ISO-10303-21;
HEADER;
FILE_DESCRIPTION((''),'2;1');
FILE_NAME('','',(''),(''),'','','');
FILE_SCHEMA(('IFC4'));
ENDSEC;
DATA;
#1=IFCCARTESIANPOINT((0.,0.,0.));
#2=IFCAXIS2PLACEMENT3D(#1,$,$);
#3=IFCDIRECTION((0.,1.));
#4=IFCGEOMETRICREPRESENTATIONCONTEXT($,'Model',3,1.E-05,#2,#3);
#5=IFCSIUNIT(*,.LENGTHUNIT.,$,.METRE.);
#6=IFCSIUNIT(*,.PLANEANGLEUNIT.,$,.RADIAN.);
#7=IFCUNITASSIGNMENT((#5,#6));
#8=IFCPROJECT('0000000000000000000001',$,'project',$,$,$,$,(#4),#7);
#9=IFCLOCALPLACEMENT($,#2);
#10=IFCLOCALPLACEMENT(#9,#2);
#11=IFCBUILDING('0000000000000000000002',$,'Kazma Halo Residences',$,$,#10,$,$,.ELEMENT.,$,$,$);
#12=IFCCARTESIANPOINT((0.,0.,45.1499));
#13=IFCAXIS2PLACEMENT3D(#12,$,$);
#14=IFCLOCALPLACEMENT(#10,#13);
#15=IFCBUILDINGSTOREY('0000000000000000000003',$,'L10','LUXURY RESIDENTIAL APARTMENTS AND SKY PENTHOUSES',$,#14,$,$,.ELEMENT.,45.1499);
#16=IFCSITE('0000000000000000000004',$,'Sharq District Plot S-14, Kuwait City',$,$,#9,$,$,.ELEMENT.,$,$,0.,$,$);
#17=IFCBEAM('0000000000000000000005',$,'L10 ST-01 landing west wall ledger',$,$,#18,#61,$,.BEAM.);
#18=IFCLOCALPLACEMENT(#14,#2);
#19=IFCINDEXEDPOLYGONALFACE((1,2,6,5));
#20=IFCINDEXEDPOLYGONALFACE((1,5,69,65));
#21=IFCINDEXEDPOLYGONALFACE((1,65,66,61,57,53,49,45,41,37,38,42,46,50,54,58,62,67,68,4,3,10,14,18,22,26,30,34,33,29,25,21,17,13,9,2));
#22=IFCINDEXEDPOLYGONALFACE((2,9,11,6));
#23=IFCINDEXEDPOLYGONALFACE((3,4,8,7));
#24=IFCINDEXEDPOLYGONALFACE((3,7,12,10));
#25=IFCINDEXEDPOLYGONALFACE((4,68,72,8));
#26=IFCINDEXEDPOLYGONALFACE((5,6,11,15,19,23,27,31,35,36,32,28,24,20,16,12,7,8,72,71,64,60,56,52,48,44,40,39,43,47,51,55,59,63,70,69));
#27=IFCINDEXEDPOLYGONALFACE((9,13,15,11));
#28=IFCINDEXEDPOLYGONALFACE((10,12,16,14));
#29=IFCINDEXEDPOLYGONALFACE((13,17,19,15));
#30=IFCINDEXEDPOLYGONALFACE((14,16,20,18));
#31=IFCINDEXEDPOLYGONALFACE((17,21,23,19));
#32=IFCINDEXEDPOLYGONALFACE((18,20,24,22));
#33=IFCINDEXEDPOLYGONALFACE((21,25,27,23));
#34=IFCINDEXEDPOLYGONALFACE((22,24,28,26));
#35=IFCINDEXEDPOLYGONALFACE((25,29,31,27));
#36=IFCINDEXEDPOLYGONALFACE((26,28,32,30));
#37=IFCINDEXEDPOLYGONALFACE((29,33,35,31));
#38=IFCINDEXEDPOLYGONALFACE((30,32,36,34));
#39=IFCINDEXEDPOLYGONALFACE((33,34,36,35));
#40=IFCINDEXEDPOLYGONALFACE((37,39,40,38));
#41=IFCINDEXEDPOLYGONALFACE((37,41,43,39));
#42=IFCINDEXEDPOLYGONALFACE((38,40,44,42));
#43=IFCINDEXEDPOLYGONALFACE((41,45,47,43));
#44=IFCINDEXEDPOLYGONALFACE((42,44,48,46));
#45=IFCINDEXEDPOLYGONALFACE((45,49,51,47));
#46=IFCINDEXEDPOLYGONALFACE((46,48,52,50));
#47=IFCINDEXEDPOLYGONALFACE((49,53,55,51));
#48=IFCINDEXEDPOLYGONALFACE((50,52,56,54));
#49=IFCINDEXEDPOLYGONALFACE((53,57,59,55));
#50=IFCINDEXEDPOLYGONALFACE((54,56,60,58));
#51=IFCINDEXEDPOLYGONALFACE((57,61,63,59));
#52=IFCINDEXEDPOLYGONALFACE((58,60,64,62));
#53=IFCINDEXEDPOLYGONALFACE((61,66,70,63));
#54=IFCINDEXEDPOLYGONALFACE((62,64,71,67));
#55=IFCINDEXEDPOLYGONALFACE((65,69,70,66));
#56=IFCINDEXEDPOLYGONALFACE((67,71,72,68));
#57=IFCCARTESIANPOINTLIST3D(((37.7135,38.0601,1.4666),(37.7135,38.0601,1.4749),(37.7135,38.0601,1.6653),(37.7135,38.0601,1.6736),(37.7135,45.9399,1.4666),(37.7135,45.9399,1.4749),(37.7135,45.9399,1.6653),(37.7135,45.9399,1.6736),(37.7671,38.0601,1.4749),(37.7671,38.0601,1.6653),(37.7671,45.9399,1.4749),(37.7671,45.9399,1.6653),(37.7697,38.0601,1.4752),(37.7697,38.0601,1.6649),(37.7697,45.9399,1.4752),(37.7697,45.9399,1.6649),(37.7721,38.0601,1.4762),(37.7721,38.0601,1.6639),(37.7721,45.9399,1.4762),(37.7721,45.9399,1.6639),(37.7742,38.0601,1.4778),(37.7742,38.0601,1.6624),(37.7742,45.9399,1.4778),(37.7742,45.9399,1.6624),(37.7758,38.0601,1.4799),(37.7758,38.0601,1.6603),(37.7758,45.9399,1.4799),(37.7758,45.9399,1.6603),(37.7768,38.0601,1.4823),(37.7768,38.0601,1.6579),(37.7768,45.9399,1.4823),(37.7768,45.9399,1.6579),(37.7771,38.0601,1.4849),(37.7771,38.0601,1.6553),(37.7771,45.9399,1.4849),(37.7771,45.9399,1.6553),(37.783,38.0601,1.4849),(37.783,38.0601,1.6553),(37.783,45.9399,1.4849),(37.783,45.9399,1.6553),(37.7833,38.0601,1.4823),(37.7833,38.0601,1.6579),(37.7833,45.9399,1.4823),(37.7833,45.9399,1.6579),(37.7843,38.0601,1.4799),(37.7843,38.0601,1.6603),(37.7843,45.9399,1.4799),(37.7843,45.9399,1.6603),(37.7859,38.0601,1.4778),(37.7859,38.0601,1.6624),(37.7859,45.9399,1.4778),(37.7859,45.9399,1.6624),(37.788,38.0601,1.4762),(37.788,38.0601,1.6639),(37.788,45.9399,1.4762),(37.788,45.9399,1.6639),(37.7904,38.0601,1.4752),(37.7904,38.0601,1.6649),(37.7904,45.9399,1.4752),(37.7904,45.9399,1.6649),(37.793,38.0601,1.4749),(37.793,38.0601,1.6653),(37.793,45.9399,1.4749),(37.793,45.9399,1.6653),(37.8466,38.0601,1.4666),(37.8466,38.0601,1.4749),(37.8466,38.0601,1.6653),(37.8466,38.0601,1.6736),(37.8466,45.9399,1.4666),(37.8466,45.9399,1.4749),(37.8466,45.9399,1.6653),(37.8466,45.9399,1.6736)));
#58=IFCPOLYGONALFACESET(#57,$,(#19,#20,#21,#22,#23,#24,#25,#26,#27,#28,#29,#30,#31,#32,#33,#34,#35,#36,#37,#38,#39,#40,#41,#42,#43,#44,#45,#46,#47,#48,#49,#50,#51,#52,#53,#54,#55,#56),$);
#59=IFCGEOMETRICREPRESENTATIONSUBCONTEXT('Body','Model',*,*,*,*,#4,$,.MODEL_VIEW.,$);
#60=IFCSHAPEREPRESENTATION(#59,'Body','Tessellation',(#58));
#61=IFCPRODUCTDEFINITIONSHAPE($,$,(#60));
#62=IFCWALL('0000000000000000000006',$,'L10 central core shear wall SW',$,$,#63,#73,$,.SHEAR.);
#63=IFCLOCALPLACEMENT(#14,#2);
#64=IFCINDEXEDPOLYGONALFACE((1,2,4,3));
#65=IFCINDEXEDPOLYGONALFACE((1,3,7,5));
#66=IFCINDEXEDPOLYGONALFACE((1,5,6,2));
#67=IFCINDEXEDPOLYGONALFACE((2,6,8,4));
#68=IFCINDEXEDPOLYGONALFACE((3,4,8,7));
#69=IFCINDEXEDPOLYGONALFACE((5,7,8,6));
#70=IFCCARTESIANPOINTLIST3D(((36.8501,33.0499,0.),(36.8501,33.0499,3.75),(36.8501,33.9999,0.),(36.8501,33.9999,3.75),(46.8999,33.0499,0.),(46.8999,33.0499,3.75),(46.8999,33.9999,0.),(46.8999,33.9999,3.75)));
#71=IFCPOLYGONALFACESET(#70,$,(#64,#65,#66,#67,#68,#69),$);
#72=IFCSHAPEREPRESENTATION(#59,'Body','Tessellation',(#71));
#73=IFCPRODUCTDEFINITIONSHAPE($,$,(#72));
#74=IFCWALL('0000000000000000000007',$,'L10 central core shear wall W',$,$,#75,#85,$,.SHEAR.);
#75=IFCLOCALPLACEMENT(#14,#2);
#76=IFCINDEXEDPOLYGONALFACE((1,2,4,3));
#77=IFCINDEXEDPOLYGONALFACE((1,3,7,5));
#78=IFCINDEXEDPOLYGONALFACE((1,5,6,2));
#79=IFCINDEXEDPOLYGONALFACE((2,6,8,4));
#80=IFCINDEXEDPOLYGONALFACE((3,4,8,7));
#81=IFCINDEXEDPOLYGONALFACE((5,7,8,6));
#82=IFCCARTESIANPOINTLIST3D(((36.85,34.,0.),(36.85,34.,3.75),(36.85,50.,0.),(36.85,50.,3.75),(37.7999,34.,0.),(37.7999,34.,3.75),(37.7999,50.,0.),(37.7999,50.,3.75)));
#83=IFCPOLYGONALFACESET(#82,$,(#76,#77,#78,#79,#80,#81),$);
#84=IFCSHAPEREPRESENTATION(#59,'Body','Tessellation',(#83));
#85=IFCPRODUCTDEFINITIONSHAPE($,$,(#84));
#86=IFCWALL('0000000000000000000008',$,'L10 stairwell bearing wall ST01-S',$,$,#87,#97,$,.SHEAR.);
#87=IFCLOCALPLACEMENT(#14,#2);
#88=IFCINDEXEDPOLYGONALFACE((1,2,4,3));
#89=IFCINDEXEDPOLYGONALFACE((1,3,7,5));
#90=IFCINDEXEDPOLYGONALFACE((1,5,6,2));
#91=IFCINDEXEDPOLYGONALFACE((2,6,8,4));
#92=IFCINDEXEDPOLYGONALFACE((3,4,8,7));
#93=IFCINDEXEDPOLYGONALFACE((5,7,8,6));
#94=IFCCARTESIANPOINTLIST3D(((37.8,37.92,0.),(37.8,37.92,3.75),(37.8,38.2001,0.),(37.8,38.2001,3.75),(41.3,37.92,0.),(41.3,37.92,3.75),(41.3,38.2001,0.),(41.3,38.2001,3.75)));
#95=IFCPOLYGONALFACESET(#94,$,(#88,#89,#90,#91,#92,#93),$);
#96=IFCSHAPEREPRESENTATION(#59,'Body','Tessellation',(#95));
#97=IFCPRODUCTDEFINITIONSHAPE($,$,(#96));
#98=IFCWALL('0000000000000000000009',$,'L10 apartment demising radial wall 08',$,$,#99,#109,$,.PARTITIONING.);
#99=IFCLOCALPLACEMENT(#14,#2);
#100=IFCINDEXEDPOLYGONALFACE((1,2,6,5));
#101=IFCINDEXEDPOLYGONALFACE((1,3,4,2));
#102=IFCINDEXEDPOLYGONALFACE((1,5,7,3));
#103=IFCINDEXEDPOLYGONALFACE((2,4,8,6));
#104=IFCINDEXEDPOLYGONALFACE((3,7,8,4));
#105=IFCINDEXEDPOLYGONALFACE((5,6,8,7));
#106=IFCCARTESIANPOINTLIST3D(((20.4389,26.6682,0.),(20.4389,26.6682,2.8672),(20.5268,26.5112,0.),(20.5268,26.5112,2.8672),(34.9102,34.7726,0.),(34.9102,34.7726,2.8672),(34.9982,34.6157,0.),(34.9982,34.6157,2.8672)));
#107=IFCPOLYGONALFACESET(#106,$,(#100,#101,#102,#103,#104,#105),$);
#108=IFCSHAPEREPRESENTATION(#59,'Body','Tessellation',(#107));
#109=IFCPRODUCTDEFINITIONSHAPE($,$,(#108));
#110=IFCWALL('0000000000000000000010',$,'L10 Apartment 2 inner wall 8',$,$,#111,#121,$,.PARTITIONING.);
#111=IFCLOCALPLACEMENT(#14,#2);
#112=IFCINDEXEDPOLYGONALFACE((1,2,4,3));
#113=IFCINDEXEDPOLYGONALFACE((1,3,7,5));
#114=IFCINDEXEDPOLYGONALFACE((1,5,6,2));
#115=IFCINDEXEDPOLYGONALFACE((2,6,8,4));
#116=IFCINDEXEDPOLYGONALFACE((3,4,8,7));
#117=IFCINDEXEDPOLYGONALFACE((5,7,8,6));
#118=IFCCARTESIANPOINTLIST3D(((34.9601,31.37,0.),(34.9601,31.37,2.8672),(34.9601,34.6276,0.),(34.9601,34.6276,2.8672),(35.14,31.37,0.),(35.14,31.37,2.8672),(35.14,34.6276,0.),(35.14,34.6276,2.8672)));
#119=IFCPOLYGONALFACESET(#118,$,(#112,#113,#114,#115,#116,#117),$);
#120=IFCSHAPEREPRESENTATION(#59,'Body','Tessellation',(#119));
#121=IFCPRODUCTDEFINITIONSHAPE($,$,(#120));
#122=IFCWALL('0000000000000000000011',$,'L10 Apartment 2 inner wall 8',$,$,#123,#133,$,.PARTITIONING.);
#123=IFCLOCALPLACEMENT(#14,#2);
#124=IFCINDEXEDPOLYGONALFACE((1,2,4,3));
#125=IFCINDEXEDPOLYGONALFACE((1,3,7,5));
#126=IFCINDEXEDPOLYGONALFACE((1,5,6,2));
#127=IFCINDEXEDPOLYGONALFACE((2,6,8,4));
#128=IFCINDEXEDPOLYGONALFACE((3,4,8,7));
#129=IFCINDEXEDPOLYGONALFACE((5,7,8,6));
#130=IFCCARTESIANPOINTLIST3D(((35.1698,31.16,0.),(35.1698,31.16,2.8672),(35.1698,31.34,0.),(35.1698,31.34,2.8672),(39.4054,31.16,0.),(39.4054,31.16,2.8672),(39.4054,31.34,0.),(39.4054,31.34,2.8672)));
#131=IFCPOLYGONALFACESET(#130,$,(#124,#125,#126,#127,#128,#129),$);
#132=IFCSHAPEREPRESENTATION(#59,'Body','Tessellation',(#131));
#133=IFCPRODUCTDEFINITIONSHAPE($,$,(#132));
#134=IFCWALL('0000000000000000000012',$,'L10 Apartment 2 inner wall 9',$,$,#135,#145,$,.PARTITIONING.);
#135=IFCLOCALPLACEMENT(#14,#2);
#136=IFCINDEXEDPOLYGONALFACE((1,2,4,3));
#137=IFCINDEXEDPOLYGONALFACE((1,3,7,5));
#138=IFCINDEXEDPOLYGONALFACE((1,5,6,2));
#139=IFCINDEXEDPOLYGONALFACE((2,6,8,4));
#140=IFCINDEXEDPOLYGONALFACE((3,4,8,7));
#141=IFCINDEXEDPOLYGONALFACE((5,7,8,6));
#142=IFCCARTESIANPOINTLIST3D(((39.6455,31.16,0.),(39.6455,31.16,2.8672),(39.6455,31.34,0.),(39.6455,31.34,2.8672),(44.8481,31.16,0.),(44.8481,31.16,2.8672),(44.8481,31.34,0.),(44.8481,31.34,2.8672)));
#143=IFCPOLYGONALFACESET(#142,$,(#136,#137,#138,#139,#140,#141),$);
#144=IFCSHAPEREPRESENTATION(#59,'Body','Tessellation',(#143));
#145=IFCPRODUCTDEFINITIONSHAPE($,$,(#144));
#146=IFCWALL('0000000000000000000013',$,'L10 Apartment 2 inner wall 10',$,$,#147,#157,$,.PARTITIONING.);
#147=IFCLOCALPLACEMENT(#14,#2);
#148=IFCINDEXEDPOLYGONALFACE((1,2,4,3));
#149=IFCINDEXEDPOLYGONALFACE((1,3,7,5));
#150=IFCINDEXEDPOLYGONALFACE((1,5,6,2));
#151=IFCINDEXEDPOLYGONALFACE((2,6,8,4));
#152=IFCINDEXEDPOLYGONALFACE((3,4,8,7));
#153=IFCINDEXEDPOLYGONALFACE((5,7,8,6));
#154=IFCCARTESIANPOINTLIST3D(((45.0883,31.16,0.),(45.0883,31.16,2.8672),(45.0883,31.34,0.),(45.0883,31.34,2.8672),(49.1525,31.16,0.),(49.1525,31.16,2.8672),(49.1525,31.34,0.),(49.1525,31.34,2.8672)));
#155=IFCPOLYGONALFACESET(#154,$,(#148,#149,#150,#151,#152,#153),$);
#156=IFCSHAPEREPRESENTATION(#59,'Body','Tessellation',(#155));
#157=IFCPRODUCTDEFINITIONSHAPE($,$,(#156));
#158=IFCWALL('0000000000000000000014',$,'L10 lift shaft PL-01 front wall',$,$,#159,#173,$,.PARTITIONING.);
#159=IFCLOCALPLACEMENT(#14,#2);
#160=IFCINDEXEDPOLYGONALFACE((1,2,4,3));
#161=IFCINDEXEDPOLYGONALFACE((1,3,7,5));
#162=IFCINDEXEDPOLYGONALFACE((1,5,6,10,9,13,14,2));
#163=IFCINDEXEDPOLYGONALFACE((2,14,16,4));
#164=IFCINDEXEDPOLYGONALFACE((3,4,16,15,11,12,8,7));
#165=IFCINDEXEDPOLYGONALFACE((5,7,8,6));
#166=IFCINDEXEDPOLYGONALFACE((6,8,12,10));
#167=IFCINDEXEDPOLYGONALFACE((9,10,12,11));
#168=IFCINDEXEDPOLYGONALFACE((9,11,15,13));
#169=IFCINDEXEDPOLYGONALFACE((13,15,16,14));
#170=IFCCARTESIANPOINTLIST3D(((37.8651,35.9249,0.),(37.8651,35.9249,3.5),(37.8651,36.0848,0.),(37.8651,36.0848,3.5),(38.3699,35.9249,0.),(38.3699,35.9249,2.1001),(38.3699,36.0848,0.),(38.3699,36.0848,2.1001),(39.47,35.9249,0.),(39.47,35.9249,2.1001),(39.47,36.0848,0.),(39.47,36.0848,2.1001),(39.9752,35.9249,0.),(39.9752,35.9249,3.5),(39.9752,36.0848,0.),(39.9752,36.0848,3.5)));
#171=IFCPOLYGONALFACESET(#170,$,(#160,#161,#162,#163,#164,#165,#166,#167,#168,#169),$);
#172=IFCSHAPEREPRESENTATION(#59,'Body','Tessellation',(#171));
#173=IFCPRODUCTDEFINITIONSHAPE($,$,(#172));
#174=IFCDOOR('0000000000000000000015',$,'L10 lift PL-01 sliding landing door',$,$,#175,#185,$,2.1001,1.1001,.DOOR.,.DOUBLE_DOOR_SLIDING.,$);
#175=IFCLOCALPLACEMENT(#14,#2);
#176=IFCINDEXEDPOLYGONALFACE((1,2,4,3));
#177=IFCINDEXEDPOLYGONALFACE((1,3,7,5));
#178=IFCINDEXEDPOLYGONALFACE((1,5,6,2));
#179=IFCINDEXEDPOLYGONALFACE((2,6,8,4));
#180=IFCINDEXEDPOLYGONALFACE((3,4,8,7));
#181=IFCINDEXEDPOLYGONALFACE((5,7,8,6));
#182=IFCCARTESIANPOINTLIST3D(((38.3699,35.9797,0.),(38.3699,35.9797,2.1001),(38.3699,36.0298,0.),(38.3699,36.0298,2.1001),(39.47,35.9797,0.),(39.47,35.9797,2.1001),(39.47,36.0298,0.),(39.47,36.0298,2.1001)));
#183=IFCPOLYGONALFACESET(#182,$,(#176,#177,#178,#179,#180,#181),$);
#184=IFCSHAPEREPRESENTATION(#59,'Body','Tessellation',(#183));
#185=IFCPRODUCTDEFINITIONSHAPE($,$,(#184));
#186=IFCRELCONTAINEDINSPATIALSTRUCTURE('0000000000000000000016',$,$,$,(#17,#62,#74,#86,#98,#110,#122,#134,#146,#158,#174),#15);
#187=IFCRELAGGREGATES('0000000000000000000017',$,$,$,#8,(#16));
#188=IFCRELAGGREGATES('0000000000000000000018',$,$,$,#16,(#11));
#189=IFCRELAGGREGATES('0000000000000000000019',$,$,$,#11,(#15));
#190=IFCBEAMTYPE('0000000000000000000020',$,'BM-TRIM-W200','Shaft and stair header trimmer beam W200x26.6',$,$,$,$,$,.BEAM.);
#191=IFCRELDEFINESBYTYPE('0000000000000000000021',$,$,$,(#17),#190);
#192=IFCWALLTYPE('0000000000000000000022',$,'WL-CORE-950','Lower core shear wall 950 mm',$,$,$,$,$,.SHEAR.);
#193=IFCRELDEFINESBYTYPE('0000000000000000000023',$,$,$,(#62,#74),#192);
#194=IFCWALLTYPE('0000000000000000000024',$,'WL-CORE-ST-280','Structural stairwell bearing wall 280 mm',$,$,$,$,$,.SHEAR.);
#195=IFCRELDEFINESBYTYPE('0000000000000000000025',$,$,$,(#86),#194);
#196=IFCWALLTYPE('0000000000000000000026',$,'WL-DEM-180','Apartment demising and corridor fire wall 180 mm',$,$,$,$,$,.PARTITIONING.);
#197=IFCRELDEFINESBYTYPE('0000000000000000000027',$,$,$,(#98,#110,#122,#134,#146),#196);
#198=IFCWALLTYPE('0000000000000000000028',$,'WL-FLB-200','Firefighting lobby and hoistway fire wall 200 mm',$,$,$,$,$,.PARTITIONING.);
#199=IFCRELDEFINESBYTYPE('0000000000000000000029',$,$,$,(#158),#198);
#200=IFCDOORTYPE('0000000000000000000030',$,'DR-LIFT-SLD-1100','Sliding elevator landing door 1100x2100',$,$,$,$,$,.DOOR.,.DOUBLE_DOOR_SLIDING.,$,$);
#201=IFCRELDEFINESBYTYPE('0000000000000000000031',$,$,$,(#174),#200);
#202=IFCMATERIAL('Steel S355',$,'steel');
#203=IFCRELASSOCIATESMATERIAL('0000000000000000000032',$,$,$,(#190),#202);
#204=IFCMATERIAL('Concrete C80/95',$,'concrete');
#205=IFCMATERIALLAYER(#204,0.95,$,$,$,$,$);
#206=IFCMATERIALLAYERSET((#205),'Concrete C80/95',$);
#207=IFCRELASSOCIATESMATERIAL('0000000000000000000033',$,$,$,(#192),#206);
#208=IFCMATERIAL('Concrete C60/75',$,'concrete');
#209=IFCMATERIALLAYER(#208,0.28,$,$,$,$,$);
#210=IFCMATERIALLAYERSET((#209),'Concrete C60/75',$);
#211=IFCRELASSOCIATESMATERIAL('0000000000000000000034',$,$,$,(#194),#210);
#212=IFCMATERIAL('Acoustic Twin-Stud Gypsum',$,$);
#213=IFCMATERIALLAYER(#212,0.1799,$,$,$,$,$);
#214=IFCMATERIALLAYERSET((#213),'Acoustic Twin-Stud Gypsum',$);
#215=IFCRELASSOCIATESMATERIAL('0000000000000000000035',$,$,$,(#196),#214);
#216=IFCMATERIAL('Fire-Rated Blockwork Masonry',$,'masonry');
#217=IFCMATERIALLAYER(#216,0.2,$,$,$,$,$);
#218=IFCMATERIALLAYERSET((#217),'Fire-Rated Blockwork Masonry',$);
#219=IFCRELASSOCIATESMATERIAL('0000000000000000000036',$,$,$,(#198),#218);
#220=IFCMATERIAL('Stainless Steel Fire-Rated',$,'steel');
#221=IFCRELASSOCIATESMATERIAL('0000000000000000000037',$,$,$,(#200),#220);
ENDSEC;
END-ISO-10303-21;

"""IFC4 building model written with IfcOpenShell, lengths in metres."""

from ifc_helpers import new_model, si_unit, direction, frame, frame_2d, origin, origin_2d, place, context, subcontext, project, spatial, rectangle, i_section, extrude, material, layer, layer_set, material_profile, profile_set, type_object, element, fill, save


model = new_model("IFC4")

# Units and contexts
model_context = context("Model", 3, precision=1e-05, world=origin(), true_north=direction((0.0, 1.0)))
body_context = subcontext(model_context, "Body", "Model", "MODEL_VIEW")
ifc_project = project(units=[si_unit("LENGTHUNIT", "METRE"), si_unit("PLANEANGLEUNIT", "RADIAN")], contexts=[model_context])

# Site, building, storey
site_placement = place(None, origin())
site = spatial("IfcSite", under=ifc_project, at=site_placement, Name="Sharq District Plot S-14, Kuwait City", CompositionType="ELEMENT", RefElevation=0.0)
building_placement = place(site_placement, origin())
building = spatial("IfcBuilding", under=site, at=building_placement, Name="Kazma Halo Residences", CompositionType="ELEMENT")
storey_placement = place(building_placement, frame((0.0, 0.0, 45.1499)))
storey = spatial("IfcBuildingStorey", under=building, at=storey_placement, Name="L10", Description="LUXURY RESIDENTIAL APARTMENTS AND SKY PENTHOUSES", CompositionType="ELEMENT", Elevation=45.1499)

# Beam
ifc_material_1 = material(Name="Steel S355", Category="steel")
ifc_material_profile_1 = material_profile(ifc_material_1, i_section(OverallWidth=0.1331, OverallDepth=0.207, WebThickness=0.0059, FlangeThickness=0.0083, FilletRadius=0.01, at=origin_2d()), Name="W200x26.6")
ifc_profile_set_1 = profile_set([ifc_material_profile_1], Name="Steel S355")
beam_type_1 = type_object("IfcBeamType", Name="BM-TRIM-W200", Description="Shaft and stair header trimmer beam W200x26.6", PredefinedType="BEAM", material=ifc_profile_set_1)
beam_1_placement = place(storey_placement, frame((37.78, 38.0601, 1.5701), z_axis=(0.0, 1.0, 0.0), x_axis=(-1.0, 0.0, 0.0)))
element("IfcBeam", 1, at=beam_1_placement, inside=storey, type_object=beam_type_1, Name="L10 ST-01 landing west wall ledger", PredefinedType="BEAM", context=body_context, shape_type="SweptSolid", body=[
    extrude(i_section(OverallWidth=0.1331, OverallDepth=0.207, WebThickness=0.0059, FlangeThickness=0.0083, FilletRadius=0.01, at=origin_2d()), origin(), (0.0, 0.0, 1.0), 7.8799),
])

# Walls
ifc_material_2 = material(Name="Concrete C80/95", Category="concrete")
ifc_layer_1 = layer(ifc_material_2, 0.95)
ifc_layer_set_1 = layer_set([ifc_layer_1], Name="Concrete C80/95")
wall_type_1 = type_object("IfcWallType", Name="WL-CORE-950", Description="Lower core shear wall 950 mm", PredefinedType="SHEAR", material=ifc_layer_set_1)
wall_1_placement = place(storey_placement, frame((36.8501, 33.5249, 0.0), z_axis=(0.0, 0.0, 1.0), x_axis=(1.0, 0.0, 0.0)))
element("IfcWall", 2, at=wall_1_placement, inside=storey, type_object=wall_type_1, Name="L10 central core shear wall SW", PredefinedType="SHEAR", context=body_context, shape_type="SweptSolid", body=[
    extrude(rectangle(XDim=10.0498, YDim=0.95, at=frame_2d((5.0249, 0.0))), origin(), (0.0, 0.0, 1.0), 3.75),
])
wall_2_placement = place(storey_placement, frame((37.325, 34.0, 0.0), z_axis=(0.0, 0.0, 1.0), x_axis=(0.0, 1.0, 0.0)))
element("IfcWall", 3, at=wall_2_placement, inside=storey, type_object=wall_type_1, Name="L10 central core shear wall W", PredefinedType="SHEAR", context=body_context, shape_type="SweptSolid", body=[
    extrude(rectangle(XDim=16.0, YDim=0.95, at=frame_2d((8.0, 0.0))), origin(), (0.0, 0.0, 1.0), 3.75),
])
ifc_material_3 = material(Name="Concrete C60/75", Category="concrete")
ifc_layer_2 = layer(ifc_material_3, 0.28)
ifc_layer_set_2 = layer_set([ifc_layer_2], Name="Concrete C60/75")
wall_type_2 = type_object("IfcWallType", Name="WL-CORE-ST-280", Description="Structural stairwell bearing wall 280 mm", PredefinedType="SHEAR", material=ifc_layer_set_2)
wall_3_placement = place(storey_placement, frame((37.8, 38.0601, 0.0), z_axis=(0.0, 0.0, 1.0), x_axis=(1.0, 0.0, 0.0)))
element("IfcWall", 4, at=wall_3_placement, inside=storey, type_object=wall_type_2, Name="L10 stairwell bearing wall ST01-S", PredefinedType="SHEAR", context=body_context, shape_type="SweptSolid", body=[
    extrude(rectangle(XDim=3.5, YDim=0.28, at=frame_2d((1.75, 0.0))), origin(), (0.0, 0.0, 1.0), 3.75),
])
ifc_material_4 = material(Name="Acoustic Twin-Stud Gypsum")
ifc_layer_3 = layer(ifc_material_4, 0.1799)
ifc_layer_set_3 = layer_set([ifc_layer_3], Name="Acoustic Twin-Stud Gypsum")
wall_type_3 = type_object("IfcWallType", Name="WL-DEM-180", Description="Apartment demising and corridor fire wall 180 mm", PredefinedType="PARTITIONING", material=ifc_layer_set_3)
wall_4_placement = place(storey_placement, frame((34.9541, 34.6941, 0.0), z_axis=(0.0, 0.0, 1.0), x_axis=(-0.872493, -0.488626, 0.0)))
element("IfcWall", 5, at=wall_4_placement, inside=storey, type_object=wall_type_3, Name="L10 apartment demising radial wall 08", PredefinedType="PARTITIONING", context=body_context, shape_type="SweptSolid", body=[
    extrude(rectangle(XDim=16.5862, YDim=0.1799, at=frame_2d((8.293, 0.0))), origin(), (0.0, 0.0, 1.0), 2.8672),
])
wall_5_placement = place(storey_placement, frame((35.05, 34.6277, 0.0), z_axis=(0.0, 0.0, 1.0), x_axis=(0.0, -1.0, 0.0)))
element("IfcWall", 6, at=wall_5_placement, inside=storey, type_object=wall_type_3, Name="L10 Apartment 2 inner wall 8", PredefinedType="PARTITIONING", context=body_context, shape_type="SweptSolid", body=[
    extrude(rectangle(XDim=3.2576, YDim=0.1799, at=frame_2d((1.6289, 0.0))), origin(), (0.0, 0.0, 1.0), 2.8672),
])
wall_6_placement = place(storey_placement, frame((35.1699, 31.25, 0.0), z_axis=(0.0, 0.0, 1.0), x_axis=(1.0, 0.0, 0.0)))
element("IfcWall", 7, at=wall_6_placement, inside=storey, type_object=wall_type_3, Name="L10 Apartment 2 inner wall 8", PredefinedType="PARTITIONING", context=body_context, shape_type="SweptSolid", body=[
    extrude(rectangle(XDim=4.2356, YDim=0.1799, at=frame_2d((2.1177, 0.0))), origin(), (0.0, 0.0, 1.0), 2.8672),
])
wall_7_placement = place(storey_placement, frame((39.6455, 31.25, 0.0), z_axis=(0.0, 0.0, 1.0), x_axis=(1.0, 0.0, 0.0)))
element("IfcWall", 8, at=wall_7_placement, inside=storey, type_object=wall_type_3, Name="L10 Apartment 2 inner wall 9", PredefinedType="PARTITIONING", context=body_context, shape_type="SweptSolid", body=[
    extrude(rectangle(XDim=5.2026, YDim=0.1799, at=frame_2d((2.6013, 0.0))), origin(), (0.0, 0.0, 1.0), 2.8672),
])
wall_8_placement = place(storey_placement, frame((45.0881, 31.25, 0.0), z_axis=(0.0, 0.0, 1.0), x_axis=(1.0, 0.0, 0.0)))
element("IfcWall", 9, at=wall_8_placement, inside=storey, type_object=wall_type_3, Name="L10 Apartment 2 inner wall 10", PredefinedType="PARTITIONING", context=body_context, shape_type="SweptSolid", body=[
    extrude(rectangle(XDim=4.0642, YDim=0.1799, at=frame_2d((2.0322, 0.0))), origin(), (0.0, 0.0, 1.0), 2.8672),
])

# Wall, opening, door
ifc_material_5 = material(Name="Fire-Rated Blockwork Masonry", Category="masonry")
ifc_layer_4 = layer(ifc_material_5, 0.2)
ifc_layer_set_4 = layer_set([ifc_layer_4], Name="Fire-Rated Blockwork Masonry")
wall_type_4 = type_object("IfcWallType", Name="WL-FLB-200", Description="Firefighting lobby and hoistway fire wall 200 mm", PredefinedType="PARTITIONING", material=ifc_layer_set_4)
wall_9_placement = place(storey_placement, frame((37.865, 36.0049, 0.0), z_axis=(0.0, 0.0, 1.0), x_axis=(1.0, 0.0, 0.0)))
wall_9 = element("IfcWall", 10, at=wall_9_placement, inside=storey, type_object=wall_type_4, Name="L10 lift shaft PL-01 front wall", PredefinedType="PARTITIONING", context=body_context, shape_type="SweptSolid", body=[
    extrude(rectangle(XDim=2.1101, YDim=0.1599, at=frame_2d((1.0552, 0.0))), origin(), (0.0, 0.0, 1.0), 3.5),
])
opening_1_placement = place(wall_9_placement, frame((0.5049, 0.0, 0.0)))
opening_1 = element("IfcOpeningElement", 11, at=opening_1_placement, cuts=wall_9, PredefinedType="OPENING", context=body_context, shape_type="SweptSolid", body=[
    extrude(rectangle(XDim=1.1001, YDim=2.1001, at=frame_2d((0.55, 1.05))), frame((0.0, 0.0898, 0.0), z_axis=(0.0, -1.0, 0.0), x_axis=(1.0, 0.0, 0.0)), (0.0, 0.0, 1.0), 0.1799),
])
ifc_material_6 = material(Name="Stainless Steel Fire-Rated", Category="steel")
door_type_1 = type_object("IfcDoorType", Name="DR-LIFT-SLD-1100", Description="Sliding elevator landing door 1100x2100", OperationType="DOUBLE_DOOR_SLIDING", PredefinedType="DOOR", material=ifc_material_6)
door_1_placement = place(opening_1_placement, origin())
door_1 = element("IfcDoor", 12, at=door_1_placement, inside=storey, type_object=door_type_1, Name="L10 lift PL-01 sliding landing door", OperationType="DOUBLE_DOOR_SLIDING", OverallHeight=2.1001, OverallWidth=1.1001, PredefinedType="DOOR", context=body_context, shape_type="SweptSolid", body=[
    extrude(rectangle(XDim=1.1001, YDim=2.1001, at=frame_2d((0.55, 1.05))), frame((0.0, 0.0249, 0.0), z_axis=(0.0, -1.0, 0.0), x_axis=(1.0, 0.0, 0.0)), (0.0, 0.0, 1.0), 0.05),
])
fill(opening_1, door_1)

save(model, "model.ifc")
